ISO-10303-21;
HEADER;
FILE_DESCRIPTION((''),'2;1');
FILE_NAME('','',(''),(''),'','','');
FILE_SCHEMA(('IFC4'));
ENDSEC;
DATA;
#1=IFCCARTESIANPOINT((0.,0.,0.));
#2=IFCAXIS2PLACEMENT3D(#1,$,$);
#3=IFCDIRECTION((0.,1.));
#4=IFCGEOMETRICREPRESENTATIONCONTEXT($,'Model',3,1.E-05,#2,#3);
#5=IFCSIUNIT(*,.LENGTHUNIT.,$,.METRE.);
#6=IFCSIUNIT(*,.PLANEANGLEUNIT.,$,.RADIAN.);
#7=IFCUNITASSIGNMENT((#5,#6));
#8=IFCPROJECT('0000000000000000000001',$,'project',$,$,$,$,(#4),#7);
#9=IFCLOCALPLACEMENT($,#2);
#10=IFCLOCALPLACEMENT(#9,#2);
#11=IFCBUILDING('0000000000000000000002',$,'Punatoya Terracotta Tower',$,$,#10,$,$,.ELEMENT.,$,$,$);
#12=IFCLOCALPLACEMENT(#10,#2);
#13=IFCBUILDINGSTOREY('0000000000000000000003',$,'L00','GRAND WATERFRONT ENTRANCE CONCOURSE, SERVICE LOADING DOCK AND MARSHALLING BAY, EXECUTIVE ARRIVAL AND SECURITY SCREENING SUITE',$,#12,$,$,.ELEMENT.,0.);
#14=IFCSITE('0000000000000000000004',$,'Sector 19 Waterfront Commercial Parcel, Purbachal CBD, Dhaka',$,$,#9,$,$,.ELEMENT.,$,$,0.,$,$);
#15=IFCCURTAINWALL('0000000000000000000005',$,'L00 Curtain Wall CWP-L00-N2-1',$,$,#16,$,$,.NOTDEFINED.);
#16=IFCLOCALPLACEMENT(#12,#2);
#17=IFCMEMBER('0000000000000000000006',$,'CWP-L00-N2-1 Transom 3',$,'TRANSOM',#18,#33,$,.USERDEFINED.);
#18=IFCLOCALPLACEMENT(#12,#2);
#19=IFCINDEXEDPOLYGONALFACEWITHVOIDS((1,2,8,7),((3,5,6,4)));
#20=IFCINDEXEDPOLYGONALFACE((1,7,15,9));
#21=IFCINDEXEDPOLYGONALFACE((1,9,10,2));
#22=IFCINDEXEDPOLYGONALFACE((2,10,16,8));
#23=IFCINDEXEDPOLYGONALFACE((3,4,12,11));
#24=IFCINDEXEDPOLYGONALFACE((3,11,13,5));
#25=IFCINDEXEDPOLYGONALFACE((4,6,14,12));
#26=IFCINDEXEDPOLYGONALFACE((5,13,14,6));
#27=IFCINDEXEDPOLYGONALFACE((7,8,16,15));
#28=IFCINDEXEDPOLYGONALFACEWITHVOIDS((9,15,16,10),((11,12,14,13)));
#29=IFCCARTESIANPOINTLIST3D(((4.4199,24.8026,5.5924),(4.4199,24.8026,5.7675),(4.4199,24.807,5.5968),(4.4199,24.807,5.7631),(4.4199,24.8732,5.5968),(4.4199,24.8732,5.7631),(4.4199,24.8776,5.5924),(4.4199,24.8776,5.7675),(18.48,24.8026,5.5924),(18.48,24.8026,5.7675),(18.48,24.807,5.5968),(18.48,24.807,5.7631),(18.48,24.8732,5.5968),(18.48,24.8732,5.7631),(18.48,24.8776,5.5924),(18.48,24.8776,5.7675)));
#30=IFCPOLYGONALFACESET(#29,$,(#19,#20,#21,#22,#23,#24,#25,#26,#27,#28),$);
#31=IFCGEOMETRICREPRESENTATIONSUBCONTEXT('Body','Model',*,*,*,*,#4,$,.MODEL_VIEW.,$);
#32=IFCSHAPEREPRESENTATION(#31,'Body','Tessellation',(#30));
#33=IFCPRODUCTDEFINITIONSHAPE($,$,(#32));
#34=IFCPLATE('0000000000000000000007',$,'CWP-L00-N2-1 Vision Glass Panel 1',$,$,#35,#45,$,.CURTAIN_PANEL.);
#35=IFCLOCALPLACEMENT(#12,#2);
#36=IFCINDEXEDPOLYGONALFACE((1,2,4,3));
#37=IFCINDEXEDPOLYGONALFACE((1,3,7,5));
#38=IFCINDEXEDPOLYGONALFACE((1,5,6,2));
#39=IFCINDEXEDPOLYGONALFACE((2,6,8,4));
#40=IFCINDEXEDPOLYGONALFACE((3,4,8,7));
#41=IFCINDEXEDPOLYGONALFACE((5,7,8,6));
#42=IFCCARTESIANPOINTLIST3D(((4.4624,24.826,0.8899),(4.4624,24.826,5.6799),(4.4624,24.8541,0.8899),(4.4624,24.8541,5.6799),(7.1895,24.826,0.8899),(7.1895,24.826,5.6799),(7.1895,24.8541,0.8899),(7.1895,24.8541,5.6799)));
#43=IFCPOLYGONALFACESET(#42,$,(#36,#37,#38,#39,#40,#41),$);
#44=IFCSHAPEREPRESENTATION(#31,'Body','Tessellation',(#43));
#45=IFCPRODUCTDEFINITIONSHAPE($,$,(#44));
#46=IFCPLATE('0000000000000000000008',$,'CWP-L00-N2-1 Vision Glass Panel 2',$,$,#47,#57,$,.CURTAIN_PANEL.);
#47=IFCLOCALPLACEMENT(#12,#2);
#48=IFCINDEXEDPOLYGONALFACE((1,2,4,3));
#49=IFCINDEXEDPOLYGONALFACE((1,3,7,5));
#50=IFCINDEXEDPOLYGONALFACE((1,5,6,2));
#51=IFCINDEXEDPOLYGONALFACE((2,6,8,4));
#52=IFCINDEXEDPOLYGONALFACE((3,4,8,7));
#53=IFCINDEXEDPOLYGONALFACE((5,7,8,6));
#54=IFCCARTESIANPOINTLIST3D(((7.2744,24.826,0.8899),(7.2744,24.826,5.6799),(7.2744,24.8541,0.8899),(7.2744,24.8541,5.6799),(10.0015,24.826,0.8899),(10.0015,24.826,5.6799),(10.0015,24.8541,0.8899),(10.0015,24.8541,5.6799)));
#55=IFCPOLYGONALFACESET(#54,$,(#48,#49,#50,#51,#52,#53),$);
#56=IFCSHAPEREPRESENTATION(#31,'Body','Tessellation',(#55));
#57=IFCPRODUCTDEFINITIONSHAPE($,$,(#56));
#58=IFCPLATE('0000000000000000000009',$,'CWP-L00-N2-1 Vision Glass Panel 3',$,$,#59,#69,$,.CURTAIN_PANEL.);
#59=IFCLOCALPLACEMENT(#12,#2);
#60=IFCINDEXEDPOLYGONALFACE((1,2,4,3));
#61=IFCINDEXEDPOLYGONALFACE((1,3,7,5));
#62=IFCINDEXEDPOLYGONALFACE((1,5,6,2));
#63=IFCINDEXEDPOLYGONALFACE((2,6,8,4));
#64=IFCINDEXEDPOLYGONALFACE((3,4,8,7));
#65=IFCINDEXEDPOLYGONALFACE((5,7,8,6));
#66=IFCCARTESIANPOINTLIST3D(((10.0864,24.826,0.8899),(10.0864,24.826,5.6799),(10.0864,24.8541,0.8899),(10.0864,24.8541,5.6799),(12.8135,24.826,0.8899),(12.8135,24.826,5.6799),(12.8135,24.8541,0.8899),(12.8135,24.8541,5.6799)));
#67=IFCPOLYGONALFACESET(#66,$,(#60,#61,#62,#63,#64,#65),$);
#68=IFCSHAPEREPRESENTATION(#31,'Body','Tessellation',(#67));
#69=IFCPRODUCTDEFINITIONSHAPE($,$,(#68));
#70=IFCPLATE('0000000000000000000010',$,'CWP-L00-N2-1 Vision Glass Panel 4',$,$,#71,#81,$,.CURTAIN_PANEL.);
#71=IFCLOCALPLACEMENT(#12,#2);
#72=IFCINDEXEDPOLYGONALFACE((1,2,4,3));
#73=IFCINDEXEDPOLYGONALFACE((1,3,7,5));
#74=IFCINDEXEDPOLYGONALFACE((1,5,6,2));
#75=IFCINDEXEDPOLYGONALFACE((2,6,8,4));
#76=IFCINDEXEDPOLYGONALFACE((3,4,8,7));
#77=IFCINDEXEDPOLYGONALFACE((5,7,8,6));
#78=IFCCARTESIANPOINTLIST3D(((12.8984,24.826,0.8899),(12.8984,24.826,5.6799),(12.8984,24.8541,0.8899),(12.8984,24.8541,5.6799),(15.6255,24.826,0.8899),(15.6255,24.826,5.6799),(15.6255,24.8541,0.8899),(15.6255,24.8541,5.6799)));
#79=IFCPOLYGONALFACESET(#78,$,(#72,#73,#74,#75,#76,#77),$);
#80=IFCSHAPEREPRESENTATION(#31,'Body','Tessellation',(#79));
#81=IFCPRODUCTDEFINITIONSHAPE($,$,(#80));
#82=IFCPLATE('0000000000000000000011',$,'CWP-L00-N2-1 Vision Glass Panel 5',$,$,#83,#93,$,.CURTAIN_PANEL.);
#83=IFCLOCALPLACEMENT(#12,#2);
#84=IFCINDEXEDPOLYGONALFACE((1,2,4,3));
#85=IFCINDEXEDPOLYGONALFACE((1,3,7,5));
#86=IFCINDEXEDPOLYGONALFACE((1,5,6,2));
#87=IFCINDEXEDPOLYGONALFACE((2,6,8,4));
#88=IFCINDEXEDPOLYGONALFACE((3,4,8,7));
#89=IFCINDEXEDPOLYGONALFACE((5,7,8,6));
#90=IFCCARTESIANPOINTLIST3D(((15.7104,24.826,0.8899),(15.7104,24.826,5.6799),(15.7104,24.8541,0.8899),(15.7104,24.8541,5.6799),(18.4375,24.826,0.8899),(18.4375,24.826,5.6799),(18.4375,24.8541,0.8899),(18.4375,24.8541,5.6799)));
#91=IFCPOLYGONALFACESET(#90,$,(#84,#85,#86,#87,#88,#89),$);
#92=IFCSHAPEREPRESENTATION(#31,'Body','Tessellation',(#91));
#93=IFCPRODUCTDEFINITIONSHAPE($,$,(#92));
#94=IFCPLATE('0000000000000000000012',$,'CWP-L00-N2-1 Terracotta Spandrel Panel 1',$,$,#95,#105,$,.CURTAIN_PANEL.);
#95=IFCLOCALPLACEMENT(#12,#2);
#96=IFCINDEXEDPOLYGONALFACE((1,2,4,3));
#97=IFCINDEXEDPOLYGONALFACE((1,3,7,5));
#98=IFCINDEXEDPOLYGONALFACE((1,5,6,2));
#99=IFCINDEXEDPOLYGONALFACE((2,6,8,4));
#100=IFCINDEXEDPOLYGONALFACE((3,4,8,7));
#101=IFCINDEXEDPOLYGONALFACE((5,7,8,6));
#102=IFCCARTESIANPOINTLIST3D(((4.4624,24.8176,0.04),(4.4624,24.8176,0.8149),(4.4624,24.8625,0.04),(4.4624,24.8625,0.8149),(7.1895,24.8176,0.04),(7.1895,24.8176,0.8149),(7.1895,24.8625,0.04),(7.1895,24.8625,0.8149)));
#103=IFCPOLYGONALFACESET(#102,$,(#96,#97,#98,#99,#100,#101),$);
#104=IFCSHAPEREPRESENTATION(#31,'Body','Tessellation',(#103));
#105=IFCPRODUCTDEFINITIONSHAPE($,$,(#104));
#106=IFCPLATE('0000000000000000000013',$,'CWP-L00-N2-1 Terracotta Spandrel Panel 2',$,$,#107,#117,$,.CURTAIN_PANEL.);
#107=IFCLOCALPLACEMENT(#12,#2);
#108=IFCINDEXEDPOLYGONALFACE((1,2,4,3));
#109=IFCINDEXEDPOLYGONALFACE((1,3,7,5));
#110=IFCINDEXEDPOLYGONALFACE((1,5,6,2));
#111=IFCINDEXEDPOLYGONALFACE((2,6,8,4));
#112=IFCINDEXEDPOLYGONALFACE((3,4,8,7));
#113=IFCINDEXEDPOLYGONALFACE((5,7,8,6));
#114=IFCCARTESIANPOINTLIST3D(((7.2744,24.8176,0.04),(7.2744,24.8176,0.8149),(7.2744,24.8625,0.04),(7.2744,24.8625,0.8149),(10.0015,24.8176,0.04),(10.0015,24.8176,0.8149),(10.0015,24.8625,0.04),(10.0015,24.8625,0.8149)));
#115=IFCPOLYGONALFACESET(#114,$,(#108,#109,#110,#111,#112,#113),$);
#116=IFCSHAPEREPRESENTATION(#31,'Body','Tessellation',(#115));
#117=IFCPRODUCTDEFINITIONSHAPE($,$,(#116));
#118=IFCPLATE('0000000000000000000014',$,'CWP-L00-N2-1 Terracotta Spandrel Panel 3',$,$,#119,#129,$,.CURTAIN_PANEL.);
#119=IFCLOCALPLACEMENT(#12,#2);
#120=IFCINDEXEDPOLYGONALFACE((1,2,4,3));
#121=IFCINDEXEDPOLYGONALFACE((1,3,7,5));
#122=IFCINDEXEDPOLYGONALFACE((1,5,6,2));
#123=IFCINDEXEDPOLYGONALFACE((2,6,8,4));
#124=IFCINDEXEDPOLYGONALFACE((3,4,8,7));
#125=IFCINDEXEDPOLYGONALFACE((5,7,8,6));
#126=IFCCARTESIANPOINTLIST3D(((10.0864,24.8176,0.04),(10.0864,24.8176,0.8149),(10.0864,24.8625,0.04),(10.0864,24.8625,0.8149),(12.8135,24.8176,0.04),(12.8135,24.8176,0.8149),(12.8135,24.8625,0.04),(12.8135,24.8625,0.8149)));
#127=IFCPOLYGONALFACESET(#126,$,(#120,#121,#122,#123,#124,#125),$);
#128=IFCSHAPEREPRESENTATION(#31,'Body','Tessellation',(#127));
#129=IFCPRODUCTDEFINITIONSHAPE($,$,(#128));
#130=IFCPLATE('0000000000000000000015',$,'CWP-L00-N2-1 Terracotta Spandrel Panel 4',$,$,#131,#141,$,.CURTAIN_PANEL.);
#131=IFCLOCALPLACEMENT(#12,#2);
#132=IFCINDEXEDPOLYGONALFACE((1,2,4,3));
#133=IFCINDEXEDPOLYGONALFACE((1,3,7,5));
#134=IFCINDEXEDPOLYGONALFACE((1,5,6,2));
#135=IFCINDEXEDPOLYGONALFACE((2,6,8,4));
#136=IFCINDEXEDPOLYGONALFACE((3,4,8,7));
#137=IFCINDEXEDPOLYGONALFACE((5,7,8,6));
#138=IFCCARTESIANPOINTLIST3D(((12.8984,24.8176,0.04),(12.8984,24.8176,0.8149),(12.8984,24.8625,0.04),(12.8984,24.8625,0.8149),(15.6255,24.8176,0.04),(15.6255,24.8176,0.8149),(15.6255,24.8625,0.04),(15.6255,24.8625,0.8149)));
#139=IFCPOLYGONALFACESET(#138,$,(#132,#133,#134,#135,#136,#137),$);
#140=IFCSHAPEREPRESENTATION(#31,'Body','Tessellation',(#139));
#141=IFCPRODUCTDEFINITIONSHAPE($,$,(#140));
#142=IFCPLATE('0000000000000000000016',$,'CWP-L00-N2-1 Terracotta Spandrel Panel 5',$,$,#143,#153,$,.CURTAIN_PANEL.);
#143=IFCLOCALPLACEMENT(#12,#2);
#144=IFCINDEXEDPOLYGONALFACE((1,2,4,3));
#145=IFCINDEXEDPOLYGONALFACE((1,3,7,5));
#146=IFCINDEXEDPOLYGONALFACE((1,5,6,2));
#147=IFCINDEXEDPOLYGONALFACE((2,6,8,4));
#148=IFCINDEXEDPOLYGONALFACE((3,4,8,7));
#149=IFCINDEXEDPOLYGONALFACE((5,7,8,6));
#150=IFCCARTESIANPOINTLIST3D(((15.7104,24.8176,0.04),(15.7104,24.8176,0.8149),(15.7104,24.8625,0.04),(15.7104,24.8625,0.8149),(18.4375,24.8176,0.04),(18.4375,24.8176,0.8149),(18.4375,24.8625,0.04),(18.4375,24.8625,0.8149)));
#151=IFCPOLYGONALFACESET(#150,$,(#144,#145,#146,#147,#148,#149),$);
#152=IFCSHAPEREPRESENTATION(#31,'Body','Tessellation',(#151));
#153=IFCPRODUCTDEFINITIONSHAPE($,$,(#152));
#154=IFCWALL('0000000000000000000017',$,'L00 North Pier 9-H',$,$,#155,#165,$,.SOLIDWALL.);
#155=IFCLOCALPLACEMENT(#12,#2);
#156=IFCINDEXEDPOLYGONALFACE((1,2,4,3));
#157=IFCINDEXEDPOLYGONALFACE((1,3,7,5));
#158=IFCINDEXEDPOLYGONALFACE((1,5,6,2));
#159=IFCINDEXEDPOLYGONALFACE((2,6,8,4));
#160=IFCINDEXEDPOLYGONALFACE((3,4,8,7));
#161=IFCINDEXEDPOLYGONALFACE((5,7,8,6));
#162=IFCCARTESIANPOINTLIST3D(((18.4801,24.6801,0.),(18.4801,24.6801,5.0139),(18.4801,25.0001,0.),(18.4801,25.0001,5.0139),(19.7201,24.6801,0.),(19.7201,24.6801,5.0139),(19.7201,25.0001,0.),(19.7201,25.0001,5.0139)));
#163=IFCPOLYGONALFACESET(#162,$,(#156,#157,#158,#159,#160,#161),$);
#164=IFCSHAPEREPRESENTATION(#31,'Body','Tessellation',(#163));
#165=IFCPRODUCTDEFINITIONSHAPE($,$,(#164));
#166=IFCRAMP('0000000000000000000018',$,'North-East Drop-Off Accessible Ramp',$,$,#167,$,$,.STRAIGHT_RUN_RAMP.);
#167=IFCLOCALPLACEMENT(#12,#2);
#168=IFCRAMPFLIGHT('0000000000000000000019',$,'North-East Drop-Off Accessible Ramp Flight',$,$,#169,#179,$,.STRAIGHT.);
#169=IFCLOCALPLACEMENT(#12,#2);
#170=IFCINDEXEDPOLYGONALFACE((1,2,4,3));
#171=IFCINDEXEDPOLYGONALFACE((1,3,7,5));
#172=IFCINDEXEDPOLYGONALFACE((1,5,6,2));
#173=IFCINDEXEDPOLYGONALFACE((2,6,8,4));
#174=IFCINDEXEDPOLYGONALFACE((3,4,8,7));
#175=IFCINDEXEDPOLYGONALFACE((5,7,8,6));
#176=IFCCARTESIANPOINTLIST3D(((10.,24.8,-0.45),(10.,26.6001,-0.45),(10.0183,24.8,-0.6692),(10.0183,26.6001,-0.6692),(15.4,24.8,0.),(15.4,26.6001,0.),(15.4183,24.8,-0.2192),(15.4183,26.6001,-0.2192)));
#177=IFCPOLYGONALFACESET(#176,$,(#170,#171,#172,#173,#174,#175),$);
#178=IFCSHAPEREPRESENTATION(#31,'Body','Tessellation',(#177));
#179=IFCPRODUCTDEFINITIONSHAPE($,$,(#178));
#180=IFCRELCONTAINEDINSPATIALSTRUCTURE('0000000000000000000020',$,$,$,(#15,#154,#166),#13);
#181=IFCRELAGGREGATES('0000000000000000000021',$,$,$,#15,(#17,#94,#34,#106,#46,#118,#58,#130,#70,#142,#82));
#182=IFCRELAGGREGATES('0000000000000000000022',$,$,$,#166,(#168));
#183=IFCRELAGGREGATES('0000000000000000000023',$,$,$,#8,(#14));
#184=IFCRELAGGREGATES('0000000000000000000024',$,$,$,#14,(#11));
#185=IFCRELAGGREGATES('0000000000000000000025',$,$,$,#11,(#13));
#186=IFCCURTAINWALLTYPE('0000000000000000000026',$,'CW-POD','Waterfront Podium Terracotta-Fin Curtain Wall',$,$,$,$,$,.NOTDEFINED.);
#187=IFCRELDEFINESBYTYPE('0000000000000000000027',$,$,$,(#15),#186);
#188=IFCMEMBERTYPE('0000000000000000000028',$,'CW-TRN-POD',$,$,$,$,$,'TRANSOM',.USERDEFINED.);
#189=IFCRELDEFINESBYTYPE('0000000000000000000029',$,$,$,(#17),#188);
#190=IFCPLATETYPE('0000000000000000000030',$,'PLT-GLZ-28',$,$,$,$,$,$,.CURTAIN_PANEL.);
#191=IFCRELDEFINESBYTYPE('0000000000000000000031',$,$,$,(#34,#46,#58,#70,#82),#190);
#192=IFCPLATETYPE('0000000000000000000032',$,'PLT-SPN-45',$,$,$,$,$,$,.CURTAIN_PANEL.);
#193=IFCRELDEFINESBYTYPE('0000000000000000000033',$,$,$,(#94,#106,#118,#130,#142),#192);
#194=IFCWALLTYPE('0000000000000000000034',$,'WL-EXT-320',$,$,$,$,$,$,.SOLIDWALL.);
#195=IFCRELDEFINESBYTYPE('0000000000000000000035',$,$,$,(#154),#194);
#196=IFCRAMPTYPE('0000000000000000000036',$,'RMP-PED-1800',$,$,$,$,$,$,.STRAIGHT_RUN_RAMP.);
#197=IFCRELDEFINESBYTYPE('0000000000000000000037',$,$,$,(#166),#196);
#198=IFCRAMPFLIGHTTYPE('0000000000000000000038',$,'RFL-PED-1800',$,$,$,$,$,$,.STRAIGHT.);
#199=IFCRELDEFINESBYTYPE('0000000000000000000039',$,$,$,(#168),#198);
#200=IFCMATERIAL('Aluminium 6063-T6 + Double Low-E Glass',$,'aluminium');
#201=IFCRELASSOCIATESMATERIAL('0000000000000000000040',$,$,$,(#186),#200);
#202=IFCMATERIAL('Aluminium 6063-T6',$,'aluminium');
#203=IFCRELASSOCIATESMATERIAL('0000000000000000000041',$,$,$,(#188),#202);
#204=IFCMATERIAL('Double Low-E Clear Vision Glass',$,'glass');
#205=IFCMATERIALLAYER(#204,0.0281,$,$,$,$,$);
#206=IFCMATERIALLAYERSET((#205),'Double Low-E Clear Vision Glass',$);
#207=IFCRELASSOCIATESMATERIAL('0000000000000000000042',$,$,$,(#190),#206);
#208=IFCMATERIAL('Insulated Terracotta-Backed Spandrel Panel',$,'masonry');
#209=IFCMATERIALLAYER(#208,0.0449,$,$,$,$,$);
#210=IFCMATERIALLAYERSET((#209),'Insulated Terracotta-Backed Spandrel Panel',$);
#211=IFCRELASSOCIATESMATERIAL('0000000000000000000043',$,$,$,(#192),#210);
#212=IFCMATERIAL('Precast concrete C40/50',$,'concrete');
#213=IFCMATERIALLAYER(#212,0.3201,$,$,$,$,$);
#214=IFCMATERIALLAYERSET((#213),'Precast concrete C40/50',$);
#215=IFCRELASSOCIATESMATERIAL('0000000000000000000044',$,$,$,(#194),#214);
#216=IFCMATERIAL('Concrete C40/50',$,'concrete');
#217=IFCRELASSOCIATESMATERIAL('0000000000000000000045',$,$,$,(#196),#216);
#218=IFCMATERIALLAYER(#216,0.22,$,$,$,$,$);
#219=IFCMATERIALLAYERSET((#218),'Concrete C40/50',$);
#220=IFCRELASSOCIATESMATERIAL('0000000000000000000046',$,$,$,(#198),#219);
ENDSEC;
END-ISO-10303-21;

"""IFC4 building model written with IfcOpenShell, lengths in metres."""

from ifc_helpers import new_model, si_unit, direction, frame, frame_2d, origin, origin_2d, place, context, subcontext, project, spatial, polyline, rectangle, hollow_rectangle, outline, extrude, material, layer, layer_set, material_profile, profile_set, type_object, element, aggregate, save


model = new_model("IFC4")

# Units and contexts
model_context = context("Model", 3, precision=1e-05, world=origin(), true_north=direction((0.0, 1.0)))
body_context = subcontext(model_context, "Body", "Model", "MODEL_VIEW")
ifc_project = project(units=[si_unit("LENGTHUNIT", "METRE"), si_unit("PLANEANGLEUNIT", "RADIAN")], contexts=[model_context])

# Site, building, storey
site_placement = place(None, origin())
site = spatial("IfcSite", under=ifc_project, at=site_placement, Name="Sector 19 Waterfront Commercial Parcel, Purbachal CBD, Dhaka", CompositionType="ELEMENT", RefElevation=0.0)
building_placement = place(site_placement, origin())
building = spatial("IfcBuilding", under=site, at=building_placement, Name="Punatoya Terracotta Tower", CompositionType="ELEMENT")
storey_placement = place(building_placement, origin())
storey = spatial("IfcBuildingStorey", under=building, at=storey_placement, Name="L00", Description="GRAND WATERFRONT ENTRANCE CONCOURSE, SERVICE LOADING DOCK AND MARSHALLING BAY, EXECUTIVE ARRIVAL AND SECURITY SCREENING SUITE", CompositionType="ELEMENT", Elevation=0.0)

# Curtain wall, member, plates
ifc_material_1 = material(Name="Aluminium 6063-T6 + Double Low-E Glass", Category="aluminium")
curtain_wall_type = type_object("IfcCurtainWallType", Name="CW-POD", Description="Waterfront Podium Terracotta-Fin Curtain Wall", PredefinedType="NOTDEFINED", material=ifc_material_1)
curtain_wall_placement = place(storey_placement, origin())
curtain_wall = element("IfcCurtainWall", 1, at=curtain_wall_placement, inside=storey, type_object=curtain_wall_type, Name="L00 Curtain Wall CWP-L00-N2-1", PredefinedType="NOTDEFINED")
ifc_material_2 = material(Name="Aluminium 6063-T6", Category="aluminium")
ifc_material_profile_1 = material_profile(ifc_material_2, hollow_rectangle(XDim=0.075, YDim=0.175, WallThickness=0.0044, at=origin_2d()))
ifc_profile_set_1 = profile_set([ifc_material_profile_1], Name="Aluminium 6063-T6")
member_type_1 = type_object("IfcMemberType", Name="CW-TRN-POD", ElementType="TRANSOM", PredefinedType="USERDEFINED", material=ifc_profile_set_1)
member_1_placement = place(storey_placement, frame((4.4199, 24.8401, 5.6799), z_axis=(1.0, 0.0, 0.0), x_axis=(0.0, 1.0, 0.0)))
member_1 = element("IfcMember", 2, at=member_1_placement, type_object=member_type_1, Name="CWP-L00-N2-1 Transom 3", ObjectType="TRANSOM", PredefinedType="USERDEFINED", context=body_context, shape_type="SweptSolid", body=[
    extrude(hollow_rectangle(XDim=0.075, YDim=0.175, WallThickness=0.0044, at=origin_2d()), origin(), (0.0, 0.0, 1.0), 14.0601),
])
ifc_material_3 = material(Name="Double Low-E Clear Vision Glass", Category="glass")
ifc_layer_1 = layer(ifc_material_3, 0.0281)
ifc_layer_set_1 = layer_set([ifc_layer_1], Name="Double Low-E Clear Vision Glass")
plate_type_1 = type_object("IfcPlateType", Name="PLT-GLZ-28", PredefinedType="CURTAIN_PANEL", material=ifc_layer_set_1)
plate_1_placement = place(storey_placement, frame((5.8259, 24.8401, 0.8899), z_axis=(0.0, 0.0, 1.0), x_axis=(1.0, 0.0, 0.0)))
plate_1 = element("IfcPlate", 3, at=plate_1_placement, type_object=plate_type_1, Name="CWP-L00-N2-1 Vision Glass Panel 1", PredefinedType="CURTAIN_PANEL", context=body_context, shape_type="SweptSolid", body=[
    extrude(rectangle(XDim=2.7271, YDim=0.0281, at=origin_2d()), origin(), (0.0, 0.0, 1.0), 4.79),
])
plate_2_placement = place(storey_placement, frame((8.6379, 24.8401, 0.8899), z_axis=(0.0, 0.0, 1.0), x_axis=(1.0, 0.0, 0.0)))
plate_2 = element("IfcPlate", 4, at=plate_2_placement, type_object=plate_type_1, Name="CWP-L00-N2-1 Vision Glass Panel 2", PredefinedType="CURTAIN_PANEL", context=body_context, shape_type="SweptSolid", body=[
    extrude(rectangle(XDim=2.7271, YDim=0.0281, at=origin_2d()), origin(), (0.0, 0.0, 1.0), 4.79),
])
plate_3_placement = place(storey_placement, frame((11.45, 24.8401, 0.8899), z_axis=(0.0, 0.0, 1.0), x_axis=(1.0, 0.0, 0.0)))
plate_3 = element("IfcPlate", 5, at=plate_3_placement, type_object=plate_type_1, Name="CWP-L00-N2-1 Vision Glass Panel 3", PredefinedType="CURTAIN_PANEL", context=body_context, shape_type="SweptSolid", body=[
    extrude(rectangle(XDim=2.7271, YDim=0.0281, at=origin_2d()), origin(), (0.0, 0.0, 1.0), 4.79),
])
plate_4_placement = place(storey_placement, frame((14.262, 24.8401, 0.8899), z_axis=(0.0, 0.0, 1.0), x_axis=(1.0, 0.0, 0.0)))
plate_4 = element("IfcPlate", 6, at=plate_4_placement, type_object=plate_type_1, Name="CWP-L00-N2-1 Vision Glass Panel 4", PredefinedType="CURTAIN_PANEL", context=body_context, shape_type="SweptSolid", body=[
    extrude(rectangle(XDim=2.7271, YDim=0.0281, at=origin_2d()), origin(), (0.0, 0.0, 1.0), 4.79),
])
plate_5_placement = place(storey_placement, frame((17.074, 24.8401, 0.8899), z_axis=(0.0, 0.0, 1.0), x_axis=(1.0, 0.0, 0.0)))
plate_5 = element("IfcPlate", 7, at=plate_5_placement, type_object=plate_type_1, Name="CWP-L00-N2-1 Vision Glass Panel 5", PredefinedType="CURTAIN_PANEL", context=body_context, shape_type="SweptSolid", body=[
    extrude(rectangle(XDim=2.7271, YDim=0.0281, at=origin_2d()), origin(), (0.0, 0.0, 1.0), 4.79),
])
ifc_material_4 = material(Name="Insulated Terracotta-Backed Spandrel Panel", Category="masonry")
ifc_layer_2 = layer(ifc_material_4, 0.0449)
ifc_layer_set_2 = layer_set([ifc_layer_2], Name="Insulated Terracotta-Backed Spandrel Panel")
plate_type_2 = type_object("IfcPlateType", Name="PLT-SPN-45", PredefinedType="CURTAIN_PANEL", material=ifc_layer_set_2)
plate_6_placement = place(storey_placement, frame((5.8259, 24.8401, 0.04), z_axis=(0.0, 0.0, 1.0), x_axis=(1.0, 0.0, 0.0)))
plate_6 = element("IfcPlate", 8, at=plate_6_placement, type_object=plate_type_2, Name="CWP-L00-N2-1 Terracotta Spandrel Panel 1", PredefinedType="CURTAIN_PANEL", context=body_context, shape_type="SweptSolid", body=[
    extrude(rectangle(XDim=2.7271, YDim=0.0449, at=origin_2d()), origin(), (0.0, 0.0, 1.0), 0.7749),
])
plate_7_placement = place(storey_placement, frame((8.6379, 24.8401, 0.04), z_axis=(0.0, 0.0, 1.0), x_axis=(1.0, 0.0, 0.0)))
plate_7 = element("IfcPlate", 9, at=plate_7_placement, type_object=plate_type_2, Name="CWP-L00-N2-1 Terracotta Spandrel Panel 2", PredefinedType="CURTAIN_PANEL", context=body_context, shape_type="SweptSolid", body=[
    extrude(rectangle(XDim=2.7271, YDim=0.0449, at=origin_2d()), origin(), (0.0, 0.0, 1.0), 0.7749),
])
plate_8_placement = place(storey_placement, frame((11.45, 24.8401, 0.04), z_axis=(0.0, 0.0, 1.0), x_axis=(1.0, 0.0, 0.0)))
plate_8 = element("IfcPlate", 10, at=plate_8_placement, type_object=plate_type_2, Name="CWP-L00-N2-1 Terracotta Spandrel Panel 3", PredefinedType="CURTAIN_PANEL", context=body_context, shape_type="SweptSolid", body=[
    extrude(rectangle(XDim=2.7271, YDim=0.0449, at=origin_2d()), origin(), (0.0, 0.0, 1.0), 0.7749),
])
plate_9_placement = place(storey_placement, frame((14.262, 24.8401, 0.04), z_axis=(0.0, 0.0, 1.0), x_axis=(1.0, 0.0, 0.0)))
plate_9 = element("IfcPlate", 11, at=plate_9_placement, type_object=plate_type_2, Name="CWP-L00-N2-1 Terracotta Spandrel Panel 4", PredefinedType="CURTAIN_PANEL", context=body_context, shape_type="SweptSolid", body=[
    extrude(rectangle(XDim=2.7271, YDim=0.0449, at=origin_2d()), origin(), (0.0, 0.0, 1.0), 0.7749),
])
plate_10_placement = place(storey_placement, frame((17.074, 24.8401, 0.04), z_axis=(0.0, 0.0, 1.0), x_axis=(1.0, 0.0, 0.0)))
plate_10 = element("IfcPlate", 12, at=plate_10_placement, type_object=plate_type_2, Name="CWP-L00-N2-1 Terracotta Spandrel Panel 5", PredefinedType="CURTAIN_PANEL", context=body_context, shape_type="SweptSolid", body=[
    extrude(rectangle(XDim=2.7271, YDim=0.0449, at=origin_2d()), origin(), (0.0, 0.0, 1.0), 0.7749),
])
aggregate(curtain_wall, [member_1, plate_6, plate_1, plate_7, plate_2, plate_8, plate_3, plate_9, plate_4, plate_10, plate_5])

# Wall
ifc_material_5 = material(Name="Precast concrete C40/50", Category="concrete")
ifc_layer_3 = layer(ifc_material_5, 0.3201)
ifc_layer_set_3 = layer_set([ifc_layer_3], Name="Precast concrete C40/50")
wall_type = type_object("IfcWallType", Name="WL-EXT-320", PredefinedType="SOLIDWALL", material=ifc_layer_set_3)
wall_placement = place(storey_placement, frame((18.48, 24.8401, 0.0), z_axis=(0.0, 0.0, 1.0), x_axis=(1.0, 0.0, 0.0)))
element("IfcWall", 13, at=wall_placement, inside=storey, type_object=wall_type, Name="L00 North Pier 9-H", PredefinedType="SOLIDWALL", context=body_context, shape_type="SweptSolid", body=[
    extrude(rectangle(XDim=1.24, YDim=0.3201, at=frame_2d((0.6201, 0.0))), origin(), (0.0, 0.0, 1.0), 5.0139),
])

# Ramp, ramp flight
ifc_material_6 = material(Name="Concrete C40/50", Category="concrete")
ramp_type = type_object("IfcRampType", Name="RMP-PED-1800", PredefinedType="STRAIGHT_RUN_RAMP", material=ifc_material_6)
ramp_placement = place(storey_placement, origin())
ramp = element("IfcRamp", 14, at=ramp_placement, inside=storey, type_object=ramp_type, Name="North-East Drop-Off Accessible Ramp", PredefinedType="STRAIGHT_RUN_RAMP")
ifc_layer_4 = layer(ifc_material_6, 0.22)
ifc_layer_set_4 = layer_set([ifc_layer_4], Name="Concrete C40/50")
ramp_flight_type = type_object("IfcRampFlightType", Name="RFL-PED-1800", PredefinedType="STRAIGHT", material=ifc_layer_set_4)
ramp_flight_placement = place(storey_placement, frame((10.0, 24.8, -0.45), z_axis=(-0.083038, 0.0, 0.996546), x_axis=(0.996546, 0.0, 0.083038)))
ramp_flight = element("IfcRampFlight", 15, at=ramp_flight_placement, type_object=ramp_flight_type, Name="North-East Drop-Off Accessible Ramp Flight", PredefinedType="STRAIGHT", context=body_context, shape_type="SweptSolid", body=[
    extrude(outline(polyline([(0.0, 0.0), (5.4187, 0.0), (5.4187, 1.8), (0.0, 1.8), (0.0, 0.0)])), origin(), (0.0, 0.0, -1.0), 0.22),
])
aggregate(ramp, [ramp_flight])

save(model, "model.ifc")
